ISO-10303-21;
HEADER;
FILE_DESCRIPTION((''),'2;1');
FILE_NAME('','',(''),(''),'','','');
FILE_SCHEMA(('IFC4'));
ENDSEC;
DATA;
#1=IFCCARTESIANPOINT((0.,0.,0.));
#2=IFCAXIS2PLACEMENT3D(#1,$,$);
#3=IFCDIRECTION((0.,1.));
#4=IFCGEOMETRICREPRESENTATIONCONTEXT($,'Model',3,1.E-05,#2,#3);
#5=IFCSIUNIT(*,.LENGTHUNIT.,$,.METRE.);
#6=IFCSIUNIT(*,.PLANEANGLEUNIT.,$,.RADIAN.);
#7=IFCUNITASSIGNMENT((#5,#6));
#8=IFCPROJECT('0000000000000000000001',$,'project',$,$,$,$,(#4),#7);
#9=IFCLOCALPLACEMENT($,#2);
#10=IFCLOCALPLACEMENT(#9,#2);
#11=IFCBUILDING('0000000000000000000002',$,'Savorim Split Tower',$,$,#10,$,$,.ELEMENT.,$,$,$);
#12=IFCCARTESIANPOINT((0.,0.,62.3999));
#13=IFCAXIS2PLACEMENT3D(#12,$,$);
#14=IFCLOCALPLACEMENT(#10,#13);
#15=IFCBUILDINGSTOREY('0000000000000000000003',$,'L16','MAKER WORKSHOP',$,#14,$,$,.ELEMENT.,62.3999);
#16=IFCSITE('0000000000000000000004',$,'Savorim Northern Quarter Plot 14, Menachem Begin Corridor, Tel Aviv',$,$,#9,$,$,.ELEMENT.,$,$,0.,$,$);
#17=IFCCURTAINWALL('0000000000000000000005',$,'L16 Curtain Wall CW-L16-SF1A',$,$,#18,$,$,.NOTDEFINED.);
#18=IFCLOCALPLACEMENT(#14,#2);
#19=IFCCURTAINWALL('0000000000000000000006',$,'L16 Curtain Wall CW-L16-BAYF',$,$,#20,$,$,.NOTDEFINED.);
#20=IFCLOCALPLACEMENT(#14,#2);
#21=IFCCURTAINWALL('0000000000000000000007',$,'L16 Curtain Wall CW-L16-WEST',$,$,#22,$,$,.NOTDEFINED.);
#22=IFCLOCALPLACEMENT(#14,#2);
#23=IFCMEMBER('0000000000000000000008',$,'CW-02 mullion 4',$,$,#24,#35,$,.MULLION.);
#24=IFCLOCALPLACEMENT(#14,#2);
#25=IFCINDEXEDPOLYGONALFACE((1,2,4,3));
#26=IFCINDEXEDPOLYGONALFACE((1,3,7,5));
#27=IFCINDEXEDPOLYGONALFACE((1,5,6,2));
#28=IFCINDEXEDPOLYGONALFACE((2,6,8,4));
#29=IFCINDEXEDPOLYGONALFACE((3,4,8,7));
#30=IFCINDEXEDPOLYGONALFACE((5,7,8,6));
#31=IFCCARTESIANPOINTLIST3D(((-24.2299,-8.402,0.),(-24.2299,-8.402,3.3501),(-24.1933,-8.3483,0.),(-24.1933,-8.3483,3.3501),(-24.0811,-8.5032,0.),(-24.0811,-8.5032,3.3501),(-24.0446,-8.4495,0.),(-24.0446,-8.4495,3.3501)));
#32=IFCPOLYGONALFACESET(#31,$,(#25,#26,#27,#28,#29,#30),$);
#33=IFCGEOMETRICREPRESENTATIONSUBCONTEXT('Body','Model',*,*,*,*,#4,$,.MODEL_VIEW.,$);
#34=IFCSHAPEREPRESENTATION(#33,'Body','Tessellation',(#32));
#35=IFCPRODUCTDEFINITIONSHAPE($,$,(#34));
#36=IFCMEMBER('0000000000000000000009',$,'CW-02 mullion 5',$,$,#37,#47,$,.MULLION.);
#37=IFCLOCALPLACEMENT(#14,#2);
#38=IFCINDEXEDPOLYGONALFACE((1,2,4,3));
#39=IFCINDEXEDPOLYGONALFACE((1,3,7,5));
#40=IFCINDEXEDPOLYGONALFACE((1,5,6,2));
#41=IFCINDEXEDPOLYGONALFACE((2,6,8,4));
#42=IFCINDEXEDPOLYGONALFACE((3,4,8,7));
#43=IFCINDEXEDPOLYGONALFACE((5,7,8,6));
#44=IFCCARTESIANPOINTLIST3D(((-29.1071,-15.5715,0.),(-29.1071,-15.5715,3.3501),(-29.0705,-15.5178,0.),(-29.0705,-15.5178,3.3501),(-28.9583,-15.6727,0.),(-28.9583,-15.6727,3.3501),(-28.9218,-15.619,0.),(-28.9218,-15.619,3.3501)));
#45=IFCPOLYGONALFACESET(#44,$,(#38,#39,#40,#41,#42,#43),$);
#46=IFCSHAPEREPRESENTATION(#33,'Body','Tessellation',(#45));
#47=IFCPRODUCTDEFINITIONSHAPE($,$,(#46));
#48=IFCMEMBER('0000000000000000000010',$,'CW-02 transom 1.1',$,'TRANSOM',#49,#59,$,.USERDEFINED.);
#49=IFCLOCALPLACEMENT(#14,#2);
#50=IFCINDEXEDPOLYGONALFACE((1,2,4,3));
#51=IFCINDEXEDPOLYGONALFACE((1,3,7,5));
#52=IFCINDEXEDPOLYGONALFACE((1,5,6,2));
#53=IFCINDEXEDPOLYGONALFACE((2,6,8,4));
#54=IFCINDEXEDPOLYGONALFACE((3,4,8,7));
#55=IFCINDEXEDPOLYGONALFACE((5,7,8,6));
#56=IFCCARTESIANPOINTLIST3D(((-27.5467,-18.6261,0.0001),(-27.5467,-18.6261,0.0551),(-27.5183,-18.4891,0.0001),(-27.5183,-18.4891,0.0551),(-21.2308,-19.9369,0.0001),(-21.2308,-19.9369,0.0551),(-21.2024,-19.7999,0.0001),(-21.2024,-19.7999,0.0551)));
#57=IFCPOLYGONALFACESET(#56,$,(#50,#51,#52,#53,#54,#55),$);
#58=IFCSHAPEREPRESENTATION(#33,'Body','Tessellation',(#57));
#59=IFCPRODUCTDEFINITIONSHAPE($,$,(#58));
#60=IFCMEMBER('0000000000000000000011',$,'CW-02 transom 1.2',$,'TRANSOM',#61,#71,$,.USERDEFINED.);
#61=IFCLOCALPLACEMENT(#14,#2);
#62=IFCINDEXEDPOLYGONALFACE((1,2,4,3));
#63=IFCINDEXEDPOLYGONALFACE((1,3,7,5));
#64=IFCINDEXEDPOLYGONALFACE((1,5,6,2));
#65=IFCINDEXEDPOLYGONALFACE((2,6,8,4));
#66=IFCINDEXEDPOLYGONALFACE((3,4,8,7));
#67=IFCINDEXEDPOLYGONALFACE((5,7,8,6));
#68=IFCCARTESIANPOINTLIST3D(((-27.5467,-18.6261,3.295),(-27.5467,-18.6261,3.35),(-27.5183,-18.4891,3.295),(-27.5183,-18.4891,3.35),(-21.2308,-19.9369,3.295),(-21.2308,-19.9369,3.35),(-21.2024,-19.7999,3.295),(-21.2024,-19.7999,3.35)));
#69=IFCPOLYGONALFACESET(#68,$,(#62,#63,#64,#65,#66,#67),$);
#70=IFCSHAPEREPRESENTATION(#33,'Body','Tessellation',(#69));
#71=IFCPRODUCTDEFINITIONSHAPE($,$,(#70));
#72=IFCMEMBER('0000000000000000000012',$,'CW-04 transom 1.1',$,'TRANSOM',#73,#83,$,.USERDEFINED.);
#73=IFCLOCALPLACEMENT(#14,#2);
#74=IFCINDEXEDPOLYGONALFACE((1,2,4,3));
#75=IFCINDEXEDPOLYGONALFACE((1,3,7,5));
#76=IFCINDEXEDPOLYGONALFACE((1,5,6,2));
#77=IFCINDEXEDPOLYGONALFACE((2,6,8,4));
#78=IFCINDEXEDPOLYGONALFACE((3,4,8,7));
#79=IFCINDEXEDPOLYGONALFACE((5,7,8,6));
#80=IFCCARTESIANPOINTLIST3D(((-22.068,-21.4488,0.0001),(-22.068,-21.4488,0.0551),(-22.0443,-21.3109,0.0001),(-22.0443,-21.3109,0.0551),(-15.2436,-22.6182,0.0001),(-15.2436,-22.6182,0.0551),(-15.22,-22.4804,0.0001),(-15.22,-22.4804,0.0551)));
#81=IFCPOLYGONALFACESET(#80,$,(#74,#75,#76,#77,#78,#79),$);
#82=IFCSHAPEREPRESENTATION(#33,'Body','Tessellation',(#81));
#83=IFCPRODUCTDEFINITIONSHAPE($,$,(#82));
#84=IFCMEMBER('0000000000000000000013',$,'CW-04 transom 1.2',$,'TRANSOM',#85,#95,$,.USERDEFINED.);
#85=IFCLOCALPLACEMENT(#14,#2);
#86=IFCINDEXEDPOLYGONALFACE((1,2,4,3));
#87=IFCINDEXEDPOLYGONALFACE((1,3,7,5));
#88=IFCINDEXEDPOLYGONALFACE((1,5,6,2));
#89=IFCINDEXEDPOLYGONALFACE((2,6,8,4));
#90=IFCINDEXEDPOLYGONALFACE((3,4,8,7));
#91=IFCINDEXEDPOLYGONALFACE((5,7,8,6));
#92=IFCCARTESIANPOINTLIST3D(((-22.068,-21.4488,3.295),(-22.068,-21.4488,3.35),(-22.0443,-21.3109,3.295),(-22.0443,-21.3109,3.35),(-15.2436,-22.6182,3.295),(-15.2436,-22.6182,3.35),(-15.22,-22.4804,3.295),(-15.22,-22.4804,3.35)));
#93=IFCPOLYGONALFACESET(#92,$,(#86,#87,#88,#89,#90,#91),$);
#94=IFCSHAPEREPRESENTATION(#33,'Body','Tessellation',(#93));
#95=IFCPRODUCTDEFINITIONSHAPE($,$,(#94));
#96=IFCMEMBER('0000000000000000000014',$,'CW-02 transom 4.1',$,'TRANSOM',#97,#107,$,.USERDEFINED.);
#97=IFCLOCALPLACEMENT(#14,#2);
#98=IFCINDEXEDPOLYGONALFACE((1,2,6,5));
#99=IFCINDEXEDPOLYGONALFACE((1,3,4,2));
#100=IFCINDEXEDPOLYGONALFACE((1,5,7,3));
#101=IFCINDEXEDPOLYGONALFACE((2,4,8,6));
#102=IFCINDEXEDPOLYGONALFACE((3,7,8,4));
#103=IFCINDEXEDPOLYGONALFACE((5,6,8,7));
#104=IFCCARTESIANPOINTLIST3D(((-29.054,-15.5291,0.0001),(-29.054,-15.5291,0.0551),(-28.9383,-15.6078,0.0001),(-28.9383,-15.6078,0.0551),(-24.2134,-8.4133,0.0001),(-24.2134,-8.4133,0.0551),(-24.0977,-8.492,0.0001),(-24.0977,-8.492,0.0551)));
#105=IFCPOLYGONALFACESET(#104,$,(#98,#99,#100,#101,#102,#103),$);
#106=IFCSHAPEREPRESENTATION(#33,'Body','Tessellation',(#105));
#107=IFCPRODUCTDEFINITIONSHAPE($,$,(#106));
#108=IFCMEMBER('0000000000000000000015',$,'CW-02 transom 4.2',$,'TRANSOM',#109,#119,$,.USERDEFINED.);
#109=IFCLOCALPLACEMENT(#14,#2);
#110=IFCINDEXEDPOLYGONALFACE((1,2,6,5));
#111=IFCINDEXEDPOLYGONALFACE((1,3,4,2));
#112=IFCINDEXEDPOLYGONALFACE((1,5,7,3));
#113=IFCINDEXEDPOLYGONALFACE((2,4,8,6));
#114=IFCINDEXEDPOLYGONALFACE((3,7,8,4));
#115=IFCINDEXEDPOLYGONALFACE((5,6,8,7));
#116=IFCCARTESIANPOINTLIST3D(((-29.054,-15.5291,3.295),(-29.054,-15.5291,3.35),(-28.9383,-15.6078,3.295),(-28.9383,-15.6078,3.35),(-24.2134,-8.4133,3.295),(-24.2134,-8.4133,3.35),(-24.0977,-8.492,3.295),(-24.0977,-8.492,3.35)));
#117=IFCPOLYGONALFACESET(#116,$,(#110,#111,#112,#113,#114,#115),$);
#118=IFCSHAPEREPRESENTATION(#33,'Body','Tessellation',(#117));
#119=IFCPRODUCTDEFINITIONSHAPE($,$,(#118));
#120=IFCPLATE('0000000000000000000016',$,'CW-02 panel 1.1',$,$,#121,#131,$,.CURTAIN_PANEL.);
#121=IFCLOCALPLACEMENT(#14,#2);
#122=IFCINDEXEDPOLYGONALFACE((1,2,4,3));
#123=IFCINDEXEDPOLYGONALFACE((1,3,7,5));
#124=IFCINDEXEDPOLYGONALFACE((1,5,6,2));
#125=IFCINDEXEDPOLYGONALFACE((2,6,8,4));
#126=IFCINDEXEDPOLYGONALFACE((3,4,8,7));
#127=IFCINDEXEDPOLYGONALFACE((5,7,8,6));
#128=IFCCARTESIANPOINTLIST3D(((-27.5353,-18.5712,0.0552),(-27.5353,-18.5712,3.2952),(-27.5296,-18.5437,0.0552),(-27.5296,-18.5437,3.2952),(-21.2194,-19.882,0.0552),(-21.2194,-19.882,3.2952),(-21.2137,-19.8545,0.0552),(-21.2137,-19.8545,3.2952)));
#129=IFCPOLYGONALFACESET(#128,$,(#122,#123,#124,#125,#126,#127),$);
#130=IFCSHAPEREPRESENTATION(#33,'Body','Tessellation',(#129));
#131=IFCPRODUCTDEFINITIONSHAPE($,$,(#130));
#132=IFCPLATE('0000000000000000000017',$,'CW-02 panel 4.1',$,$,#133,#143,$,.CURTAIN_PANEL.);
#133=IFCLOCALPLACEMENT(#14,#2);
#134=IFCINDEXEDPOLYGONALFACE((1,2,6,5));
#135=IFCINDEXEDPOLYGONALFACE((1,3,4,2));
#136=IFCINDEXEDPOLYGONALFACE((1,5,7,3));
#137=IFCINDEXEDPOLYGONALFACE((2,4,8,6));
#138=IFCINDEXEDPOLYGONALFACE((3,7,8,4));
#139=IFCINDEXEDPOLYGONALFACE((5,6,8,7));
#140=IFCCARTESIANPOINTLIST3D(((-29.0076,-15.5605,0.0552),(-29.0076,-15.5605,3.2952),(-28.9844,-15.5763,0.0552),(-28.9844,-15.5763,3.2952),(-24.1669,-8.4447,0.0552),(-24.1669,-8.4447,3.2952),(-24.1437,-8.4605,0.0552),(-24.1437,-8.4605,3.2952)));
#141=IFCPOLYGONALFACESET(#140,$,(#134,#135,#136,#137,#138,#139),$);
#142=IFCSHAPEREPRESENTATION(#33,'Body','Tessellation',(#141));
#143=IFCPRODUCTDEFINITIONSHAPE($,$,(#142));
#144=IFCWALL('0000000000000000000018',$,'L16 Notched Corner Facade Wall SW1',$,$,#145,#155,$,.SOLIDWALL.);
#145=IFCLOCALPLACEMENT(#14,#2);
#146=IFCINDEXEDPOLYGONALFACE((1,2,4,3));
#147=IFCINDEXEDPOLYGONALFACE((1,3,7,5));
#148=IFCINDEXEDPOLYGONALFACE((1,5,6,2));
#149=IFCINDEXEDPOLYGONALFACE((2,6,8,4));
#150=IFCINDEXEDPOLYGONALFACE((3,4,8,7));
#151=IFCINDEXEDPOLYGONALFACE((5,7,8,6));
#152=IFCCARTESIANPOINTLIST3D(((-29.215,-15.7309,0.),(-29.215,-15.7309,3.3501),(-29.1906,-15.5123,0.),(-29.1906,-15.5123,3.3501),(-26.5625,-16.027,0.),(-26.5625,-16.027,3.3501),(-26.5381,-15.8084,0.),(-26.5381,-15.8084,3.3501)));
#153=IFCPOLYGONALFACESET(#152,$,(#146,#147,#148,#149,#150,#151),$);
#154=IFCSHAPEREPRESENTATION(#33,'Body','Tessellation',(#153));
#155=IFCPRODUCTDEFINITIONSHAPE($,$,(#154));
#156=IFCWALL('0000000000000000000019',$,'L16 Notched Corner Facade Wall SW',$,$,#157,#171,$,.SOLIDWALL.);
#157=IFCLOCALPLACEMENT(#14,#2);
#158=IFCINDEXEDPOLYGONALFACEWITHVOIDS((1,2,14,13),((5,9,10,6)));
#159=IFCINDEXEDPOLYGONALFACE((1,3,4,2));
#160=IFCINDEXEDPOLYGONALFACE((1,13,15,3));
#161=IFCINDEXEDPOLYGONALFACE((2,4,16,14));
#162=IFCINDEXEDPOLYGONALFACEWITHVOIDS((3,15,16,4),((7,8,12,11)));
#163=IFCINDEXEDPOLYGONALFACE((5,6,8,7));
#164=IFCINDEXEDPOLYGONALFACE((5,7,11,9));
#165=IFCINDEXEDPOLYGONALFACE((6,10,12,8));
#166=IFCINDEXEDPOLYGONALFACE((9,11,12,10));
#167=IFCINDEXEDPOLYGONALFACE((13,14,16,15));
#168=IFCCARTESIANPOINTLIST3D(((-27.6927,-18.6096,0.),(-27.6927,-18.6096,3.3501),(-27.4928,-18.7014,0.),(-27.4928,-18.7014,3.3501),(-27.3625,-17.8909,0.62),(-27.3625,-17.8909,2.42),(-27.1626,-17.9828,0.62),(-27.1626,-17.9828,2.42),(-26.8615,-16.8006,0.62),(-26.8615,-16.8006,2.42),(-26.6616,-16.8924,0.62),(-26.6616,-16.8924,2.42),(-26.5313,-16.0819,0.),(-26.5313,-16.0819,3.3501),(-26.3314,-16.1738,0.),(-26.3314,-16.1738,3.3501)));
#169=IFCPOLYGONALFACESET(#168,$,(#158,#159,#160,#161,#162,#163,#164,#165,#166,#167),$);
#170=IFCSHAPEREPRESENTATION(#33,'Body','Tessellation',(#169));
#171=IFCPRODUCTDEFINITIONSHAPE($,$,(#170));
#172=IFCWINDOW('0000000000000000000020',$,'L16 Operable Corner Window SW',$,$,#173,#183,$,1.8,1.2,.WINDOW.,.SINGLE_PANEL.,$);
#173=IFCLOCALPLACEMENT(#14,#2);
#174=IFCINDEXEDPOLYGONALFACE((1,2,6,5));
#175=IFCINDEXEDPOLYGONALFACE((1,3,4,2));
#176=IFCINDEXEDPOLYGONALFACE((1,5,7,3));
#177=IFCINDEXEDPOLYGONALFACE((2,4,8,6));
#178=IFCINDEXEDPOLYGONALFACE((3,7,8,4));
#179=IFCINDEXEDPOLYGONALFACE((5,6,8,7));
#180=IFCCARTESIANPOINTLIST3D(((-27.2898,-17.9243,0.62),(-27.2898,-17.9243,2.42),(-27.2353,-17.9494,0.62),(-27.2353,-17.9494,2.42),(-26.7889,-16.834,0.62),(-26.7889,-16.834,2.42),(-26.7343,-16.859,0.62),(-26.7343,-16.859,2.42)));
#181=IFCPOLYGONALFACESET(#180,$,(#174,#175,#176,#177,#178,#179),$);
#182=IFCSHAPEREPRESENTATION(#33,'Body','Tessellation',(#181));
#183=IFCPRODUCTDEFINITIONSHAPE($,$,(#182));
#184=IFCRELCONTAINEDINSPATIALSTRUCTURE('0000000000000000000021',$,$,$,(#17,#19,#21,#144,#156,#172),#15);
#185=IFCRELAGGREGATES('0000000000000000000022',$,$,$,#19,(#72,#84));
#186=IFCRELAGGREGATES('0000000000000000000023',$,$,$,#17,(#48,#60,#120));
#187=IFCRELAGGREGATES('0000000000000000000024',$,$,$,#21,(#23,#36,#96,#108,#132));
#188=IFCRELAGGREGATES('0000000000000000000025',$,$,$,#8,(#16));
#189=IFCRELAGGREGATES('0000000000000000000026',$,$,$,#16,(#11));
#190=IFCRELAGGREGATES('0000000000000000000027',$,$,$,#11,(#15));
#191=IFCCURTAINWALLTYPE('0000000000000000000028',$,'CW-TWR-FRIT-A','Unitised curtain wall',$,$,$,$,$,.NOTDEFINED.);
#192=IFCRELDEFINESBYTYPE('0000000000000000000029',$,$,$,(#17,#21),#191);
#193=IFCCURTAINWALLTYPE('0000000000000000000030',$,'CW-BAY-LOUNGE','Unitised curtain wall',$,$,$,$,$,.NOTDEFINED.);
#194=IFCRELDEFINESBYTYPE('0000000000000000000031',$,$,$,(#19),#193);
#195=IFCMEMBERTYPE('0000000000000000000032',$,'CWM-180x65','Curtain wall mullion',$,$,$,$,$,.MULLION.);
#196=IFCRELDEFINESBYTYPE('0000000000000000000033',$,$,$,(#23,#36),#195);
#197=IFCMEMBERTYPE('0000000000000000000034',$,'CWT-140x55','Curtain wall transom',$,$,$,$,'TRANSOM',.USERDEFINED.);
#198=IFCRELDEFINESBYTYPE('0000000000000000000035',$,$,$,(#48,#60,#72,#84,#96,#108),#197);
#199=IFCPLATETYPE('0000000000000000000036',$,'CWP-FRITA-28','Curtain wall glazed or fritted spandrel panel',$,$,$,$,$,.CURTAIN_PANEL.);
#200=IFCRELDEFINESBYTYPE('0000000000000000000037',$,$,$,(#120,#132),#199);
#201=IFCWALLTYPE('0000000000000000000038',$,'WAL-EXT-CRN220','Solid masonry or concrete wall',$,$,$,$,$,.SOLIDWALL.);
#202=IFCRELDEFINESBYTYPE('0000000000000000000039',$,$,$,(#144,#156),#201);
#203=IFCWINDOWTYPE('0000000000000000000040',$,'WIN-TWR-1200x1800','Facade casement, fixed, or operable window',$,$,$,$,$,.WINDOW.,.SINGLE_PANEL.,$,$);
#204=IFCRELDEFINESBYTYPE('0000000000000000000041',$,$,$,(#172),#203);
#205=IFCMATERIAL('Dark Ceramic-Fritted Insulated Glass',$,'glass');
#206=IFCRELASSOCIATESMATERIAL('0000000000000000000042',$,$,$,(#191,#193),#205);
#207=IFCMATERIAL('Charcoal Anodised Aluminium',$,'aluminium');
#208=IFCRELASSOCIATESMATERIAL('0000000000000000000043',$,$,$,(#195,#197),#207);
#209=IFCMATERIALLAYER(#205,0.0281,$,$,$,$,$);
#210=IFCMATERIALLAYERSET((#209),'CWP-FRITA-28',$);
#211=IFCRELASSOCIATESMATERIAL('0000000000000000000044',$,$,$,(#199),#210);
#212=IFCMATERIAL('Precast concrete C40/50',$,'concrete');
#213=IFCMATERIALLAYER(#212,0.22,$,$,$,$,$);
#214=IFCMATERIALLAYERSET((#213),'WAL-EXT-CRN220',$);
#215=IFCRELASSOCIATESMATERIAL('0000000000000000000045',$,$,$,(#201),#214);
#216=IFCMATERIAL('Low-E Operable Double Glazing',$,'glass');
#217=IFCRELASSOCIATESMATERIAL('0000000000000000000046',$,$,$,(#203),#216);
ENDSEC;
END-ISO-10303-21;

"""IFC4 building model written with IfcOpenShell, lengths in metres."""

from ifc_helpers import new_model, si_unit, direction, frame, frame_2d, origin, origin_2d, place, context, subcontext, project, spatial, rectangle, extrude, material, layer, layer_set, material_profile, profile_set, type_object, element, fill, aggregate, save


model = new_model("IFC4")

# Units and contexts
model_context = context("Model", 3, precision=1e-05, world=origin(), true_north=direction((0.0, 1.0)))
body_context = subcontext(model_context, "Body", "Model", "MODEL_VIEW")
ifc_project = project(units=[si_unit("LENGTHUNIT", "METRE"), si_unit("PLANEANGLEUNIT", "RADIAN")], contexts=[model_context])

# Site, building, storey
site_placement = place(None, origin())
site = spatial("IfcSite", under=ifc_project, at=site_placement, Name="Savorim Northern Quarter Plot 14, Menachem Begin Corridor, Tel Aviv", CompositionType="ELEMENT", RefElevation=0.0)
building_placement = place(site_placement, origin())
building = spatial("IfcBuilding", under=site, at=building_placement, Name="Savorim Split Tower", CompositionType="ELEMENT")
storey_placement = place(building_placement, frame((0.0, 0.0, 62.3999)))
storey = spatial("IfcBuildingStorey", under=building, at=storey_placement, Name="L16", Description="MAKER WORKSHOP", CompositionType="ELEMENT", Elevation=62.3999)

# Curtain walls
ifc_material_1 = material(Name="Dark Ceramic-Fritted Insulated Glass", Category="glass")
curtain_wall_type_1 = type_object("IfcCurtainWallType", Name="CW-TWR-FRIT-A", Description="Unitised curtain wall", PredefinedType="NOTDEFINED", material=ifc_material_1)
curtain_wall_1_placement = place(storey_placement, origin())
curtain_wall_1 = element("IfcCurtainWall", 1, at=curtain_wall_1_placement, inside=storey, type_object=curtain_wall_type_1, Name="L16 Curtain Wall CW-L16-SF1A", PredefinedType="NOTDEFINED")
ifc_material_2 = material(Name="Charcoal Anodised Aluminium", Category="aluminium")
ifc_material_profile_1 = material_profile(ifc_material_2, rectangle(XDim=0.1799, YDim=0.0649, at=origin_2d()), Name="ALU-M 180x65")
ifc_profile_set_1 = profile_set([ifc_material_profile_1], Name="Charcoal Anodised Aluminium")
member_type_1 = type_object("IfcMemberType", Name="CWM-180x65", Description="Curtain wall mullion", PredefinedType="MULLION", material=ifc_profile_set_1)
curtain_wall_type_2 = type_object("IfcCurtainWallType", Name="CW-BAY-LOUNGE", Description="Unitised curtain wall", PredefinedType="NOTDEFINED", material=ifc_material_1)
curtain_wall_2_placement = place(storey_placement, origin())
curtain_wall_2 = element("IfcCurtainWall", 2, at=curtain_wall_2_placement, inside=storey, type_object=curtain_wall_type_2, Name="L16 Curtain Wall CW-L16-BAYF", PredefinedType="NOTDEFINED")

# Curtain wall, members
curtain_wall_3_placement = place(storey_placement, origin())
curtain_wall_3 = element("IfcCurtainWall", 3, at=curtain_wall_3_placement, inside=storey, type_object=curtain_wall_type_1, Name="L16 Curtain Wall CW-L16-WEST", PredefinedType="NOTDEFINED")
member_1_placement = place(storey_placement, frame((-24.1372, -8.4258, 0.0), z_axis=(0.0, 0.0, 1.0), x_axis=(0.82682, -0.562466, 0.0)))
member_1 = element("IfcMember", 4, at=member_1_placement, type_object=member_type_1, Name="CW-02 mullion 4", PredefinedType="MULLION", context=body_context, shape_type="SweptSolid", body=[
    extrude(rectangle(XDim=0.1799, YDim=0.0649, at=origin_2d()), origin(), (0.0, 0.0, 1.0), 3.3501),
])
member_2_placement = place(storey_placement, frame((-29.0144, -15.5952, 0.0), z_axis=(0.0, 0.0, 1.0), x_axis=(0.82682, -0.562466, 0.0)))
member_2 = element("IfcMember", 5, at=member_2_placement, type_object=member_type_1, Name="CW-02 mullion 5", PredefinedType="MULLION", context=body_context, shape_type="SweptSolid", body=[
    extrude(rectangle(XDim=0.1799, YDim=0.0649, at=origin_2d()), origin(), (0.0, 0.0, 1.0), 3.3501),
])

# Members
ifc_material_profile_2 = material_profile(ifc_material_2, rectangle(XDim=0.1399, YDim=0.0549, at=origin_2d()), Name="ALU-T 140x55")
ifc_profile_set_2 = profile_set([ifc_material_profile_2], Name="Charcoal Anodised Aluminium")
member_type_2 = type_object("IfcMemberType", Name="CWT-140x55", Description="Curtain wall transom", ElementType="TRANSOM", PredefinedType="USERDEFINED", material=ifc_profile_set_2)
member_3_placement = place(storey_placement, frame((-27.5325, -18.5576, 0.0276), z_axis=(0.979136, -0.203208, 0.0), x_axis=(0.203208, 0.979136, 0.0)))
member_3 = element("IfcMember", 6, at=member_3_placement, type_object=member_type_2, Name="CW-02 transom 1.1", ObjectType="TRANSOM", PredefinedType="USERDEFINED", context=body_context, shape_type="SweptSolid", body=[
    extrude(rectangle(XDim=0.1399, YDim=0.0549, at=origin_2d()), origin(), (0.0, 0.0, 1.0), 6.4504),
])
member_4_placement = place(storey_placement, frame((-27.5325, -18.5576, 3.3225), z_axis=(0.979136, -0.203208, 0.0), x_axis=(0.203208, 0.979136, 0.0)))
member_4 = element("IfcMember", 7, at=member_4_placement, type_object=member_type_2, Name="CW-02 transom 1.2", ObjectType="TRANSOM", PredefinedType="USERDEFINED", context=body_context, shape_type="SweptSolid", body=[
    extrude(rectangle(XDim=0.1399, YDim=0.0549, at=origin_2d()), origin(), (0.0, 0.0, 1.0), 6.4504),
])
member_5_placement = place(storey_placement, frame((-22.0562, -21.3799, 0.0276), z_axis=(0.985634, -0.168897, 0.0), x_axis=(0.168897, 0.985634, 0.0)))
member_5 = element("IfcMember", 8, at=member_5_placement, type_object=member_type_2, Name="CW-04 transom 1.1", ObjectType="TRANSOM", PredefinedType="USERDEFINED", context=body_context, shape_type="SweptSolid", body=[
    extrude(rectangle(XDim=0.1399, YDim=0.0549, at=origin_2d()), origin(), (0.0, 0.0, 1.0), 6.9238),
])
member_6_placement = place(storey_placement, frame((-22.0562, -21.3799, 3.3225), z_axis=(0.985634, -0.168897, 0.0), x_axis=(0.168897, 0.985634, 0.0)))
member_6 = element("IfcMember", 9, at=member_6_placement, type_object=member_type_2, Name="CW-04 transom 1.2", ObjectType="TRANSOM", PredefinedType="USERDEFINED", context=body_context, shape_type="SweptSolid", body=[
    extrude(rectangle(XDim=0.1399, YDim=0.0549, at=origin_2d()), origin(), (0.0, 0.0, 1.0), 6.9238),
])
aggregate(curtain_wall_2, [member_5, member_6])
member_7_placement = place(storey_placement, frame((-24.1555, -8.4526, 0.0276), z_axis=(-0.56246, -0.826825, 0.0), x_axis=(0.826825, -0.56246, 0.0)))
member_7 = element("IfcMember", 10, at=member_7_placement, type_object=member_type_2, Name="CW-02 transom 4.1", ObjectType="TRANSOM", PredefinedType="USERDEFINED", context=body_context, shape_type="SweptSolid", body=[
    extrude(rectangle(XDim=0.1399, YDim=0.0549, at=origin_2d()), origin(), (0.0, 0.0, 1.0), 8.6062),
])
member_8_placement = place(storey_placement, frame((-24.1555, -8.4526, 3.3225), z_axis=(-0.56246, -0.826825, 0.0), x_axis=(0.826825, -0.56246, 0.0)))
member_8 = element("IfcMember", 11, at=member_8_placement, type_object=member_type_2, Name="CW-02 transom 4.2", ObjectType="TRANSOM", PredefinedType="USERDEFINED", context=body_context, shape_type="SweptSolid", body=[
    extrude(rectangle(XDim=0.1399, YDim=0.0549, at=origin_2d()), origin(), (0.0, 0.0, 1.0), 8.6062),
])

# Plates
ifc_layer_1 = layer(ifc_material_1, 0.0281)
ifc_layer_set_1 = layer_set([ifc_layer_1], Name="CWP-FRITA-28")
plate_type = type_object("IfcPlateType", Name="CWP-FRITA-28", Description="Curtain wall glazed or fritted spandrel panel", PredefinedType="CURTAIN_PANEL", material=ifc_layer_set_1)
plate_1_placement = place(storey_placement, frame((-24.3745, -19.2129, 0.0552), z_axis=(0.0, 0.0, 1.0), x_axis=(0.979135, -0.20321, 0.0)))
plate_1 = element("IfcPlate", 12, at=plate_1_placement, type_object=plate_type, Name="CW-02 panel 1.1", PredefinedType="CURTAIN_PANEL", context=body_context, shape_type="SweptSolid", body=[
    extrude(rectangle(XDim=6.4504, YDim=0.0281, at=origin_2d()), origin(), (0.0, 0.0, 1.0), 3.24),
])
aggregate(curtain_wall_1, [member_3, member_4, plate_1])
plate_2_placement = place(storey_placement, frame((-26.5757, -12.0105, 0.0552), z_axis=(0.0, 0.0, 1.0), x_axis=(-0.562466, -0.82682, 0.0)))
plate_2 = element("IfcPlate", 13, at=plate_2_placement, type_object=plate_type, Name="CW-02 panel 4.1", PredefinedType="CURTAIN_PANEL", context=body_context, shape_type="SweptSolid", body=[
    extrude(rectangle(XDim=8.6062, YDim=0.0281, at=origin_2d()), origin(), (0.0, 0.0, 1.0), 3.24),
])
aggregate(curtain_wall_3, [member_1, member_2, member_7, member_8, plate_2])

# Wall
ifc_material_3 = material(Name="Precast concrete C40/50", Category="concrete")
ifc_layer_2 = layer(ifc_material_3, 0.22)
ifc_layer_set_2 = layer_set([ifc_layer_2], Name="WAL-EXT-CRN220")
wall_type = type_object("IfcWallType", Name="WAL-EXT-CRN220", Description="Solid masonry or concrete wall", PredefinedType="SOLIDWALL", material=ifc_layer_set_2)
wall_1_placement = place(storey_placement, frame((-26.5503, -15.9177, 0.0), z_axis=(0.0, 0.0, 1.0), x_axis=(-0.993824, 0.110964, 0.0)))
element("IfcWall", 14, at=wall_1_placement, inside=storey, type_object=wall_type, Name="L16 Notched Corner Facade Wall SW1", PredefinedType="SOLIDWALL", context=body_context, shape_type="SweptSolid", body=[
    extrude(rectangle(XDim=2.6689, YDim=0.22, at=frame_2d((1.3345, 0.0))), origin(), (0.0, 0.0, 1.0), 3.3501),
])

# Wall, opening, window
wall_2_placement = place(storey_placement, frame((-27.5928, -18.6555, 0.0), z_axis=(0.0, 0.0, 1.0), x_axis=(0.417516, 0.90867, 0.0)))
wall_2 = element("IfcWall", 15, at=wall_2_placement, inside=storey, type_object=wall_type, Name="L16 Notched Corner Facade Wall SW", PredefinedType="SOLIDWALL", context=body_context, shape_type="SweptSolid", body=[
    extrude(rectangle(XDim=2.7817, YDim=0.22, at=frame_2d((1.3909, 0.0))), origin(), (0.0, 0.0, 1.0), 3.3501),
])
opening_placement = place(wall_2_placement, frame((0.7908, 0.0, 0.6201)))
opening = element("IfcOpeningElement", 16, at=opening_placement, cuts=wall_2, PredefinedType="OPENING", context=body_context, shape_type="SweptSolid", body=[
    extrude(rectangle(XDim=1.2, YDim=1.8, at=frame_2d((0.6001, 0.8999))), frame((0.0, 0.1199, 0.0), z_axis=(0.0, -1.0, 0.0), x_axis=(1.0, 0.0, 0.0)), (0.0, 0.0, 1.0), 0.24),
])
ifc_material_4 = material(Name="Low-E Operable Double Glazing", Category="glass")
window_type = type_object("IfcWindowType", Name="WIN-TWR-1200x1800", Description="Facade casement, fixed, or operable window", PartitioningType="SINGLE_PANEL", PredefinedType="WINDOW", material=ifc_material_4)
window_placement = place(opening_placement, origin())
window = element("IfcWindow", 17, at=window_placement, inside=storey, type_object=window_type, Name="L16 Operable Corner Window SW", OverallHeight=1.8, OverallWidth=1.2, PartitioningType="SINGLE_PANEL", PredefinedType="WINDOW", context=body_context, shape_type="SweptSolid", body=[
    extrude(rectangle(XDim=1.2, YDim=1.8, at=frame_2d((0.6001, 0.8999))), frame((0.0, 0.03, 0.0), z_axis=(0.0, -1.0, 0.0), x_axis=(1.0, 0.0, 0.0)), (0.0, 0.0, 1.0), 0.0601),
])
fill(opening, window)

save(model, "model.ifc")
